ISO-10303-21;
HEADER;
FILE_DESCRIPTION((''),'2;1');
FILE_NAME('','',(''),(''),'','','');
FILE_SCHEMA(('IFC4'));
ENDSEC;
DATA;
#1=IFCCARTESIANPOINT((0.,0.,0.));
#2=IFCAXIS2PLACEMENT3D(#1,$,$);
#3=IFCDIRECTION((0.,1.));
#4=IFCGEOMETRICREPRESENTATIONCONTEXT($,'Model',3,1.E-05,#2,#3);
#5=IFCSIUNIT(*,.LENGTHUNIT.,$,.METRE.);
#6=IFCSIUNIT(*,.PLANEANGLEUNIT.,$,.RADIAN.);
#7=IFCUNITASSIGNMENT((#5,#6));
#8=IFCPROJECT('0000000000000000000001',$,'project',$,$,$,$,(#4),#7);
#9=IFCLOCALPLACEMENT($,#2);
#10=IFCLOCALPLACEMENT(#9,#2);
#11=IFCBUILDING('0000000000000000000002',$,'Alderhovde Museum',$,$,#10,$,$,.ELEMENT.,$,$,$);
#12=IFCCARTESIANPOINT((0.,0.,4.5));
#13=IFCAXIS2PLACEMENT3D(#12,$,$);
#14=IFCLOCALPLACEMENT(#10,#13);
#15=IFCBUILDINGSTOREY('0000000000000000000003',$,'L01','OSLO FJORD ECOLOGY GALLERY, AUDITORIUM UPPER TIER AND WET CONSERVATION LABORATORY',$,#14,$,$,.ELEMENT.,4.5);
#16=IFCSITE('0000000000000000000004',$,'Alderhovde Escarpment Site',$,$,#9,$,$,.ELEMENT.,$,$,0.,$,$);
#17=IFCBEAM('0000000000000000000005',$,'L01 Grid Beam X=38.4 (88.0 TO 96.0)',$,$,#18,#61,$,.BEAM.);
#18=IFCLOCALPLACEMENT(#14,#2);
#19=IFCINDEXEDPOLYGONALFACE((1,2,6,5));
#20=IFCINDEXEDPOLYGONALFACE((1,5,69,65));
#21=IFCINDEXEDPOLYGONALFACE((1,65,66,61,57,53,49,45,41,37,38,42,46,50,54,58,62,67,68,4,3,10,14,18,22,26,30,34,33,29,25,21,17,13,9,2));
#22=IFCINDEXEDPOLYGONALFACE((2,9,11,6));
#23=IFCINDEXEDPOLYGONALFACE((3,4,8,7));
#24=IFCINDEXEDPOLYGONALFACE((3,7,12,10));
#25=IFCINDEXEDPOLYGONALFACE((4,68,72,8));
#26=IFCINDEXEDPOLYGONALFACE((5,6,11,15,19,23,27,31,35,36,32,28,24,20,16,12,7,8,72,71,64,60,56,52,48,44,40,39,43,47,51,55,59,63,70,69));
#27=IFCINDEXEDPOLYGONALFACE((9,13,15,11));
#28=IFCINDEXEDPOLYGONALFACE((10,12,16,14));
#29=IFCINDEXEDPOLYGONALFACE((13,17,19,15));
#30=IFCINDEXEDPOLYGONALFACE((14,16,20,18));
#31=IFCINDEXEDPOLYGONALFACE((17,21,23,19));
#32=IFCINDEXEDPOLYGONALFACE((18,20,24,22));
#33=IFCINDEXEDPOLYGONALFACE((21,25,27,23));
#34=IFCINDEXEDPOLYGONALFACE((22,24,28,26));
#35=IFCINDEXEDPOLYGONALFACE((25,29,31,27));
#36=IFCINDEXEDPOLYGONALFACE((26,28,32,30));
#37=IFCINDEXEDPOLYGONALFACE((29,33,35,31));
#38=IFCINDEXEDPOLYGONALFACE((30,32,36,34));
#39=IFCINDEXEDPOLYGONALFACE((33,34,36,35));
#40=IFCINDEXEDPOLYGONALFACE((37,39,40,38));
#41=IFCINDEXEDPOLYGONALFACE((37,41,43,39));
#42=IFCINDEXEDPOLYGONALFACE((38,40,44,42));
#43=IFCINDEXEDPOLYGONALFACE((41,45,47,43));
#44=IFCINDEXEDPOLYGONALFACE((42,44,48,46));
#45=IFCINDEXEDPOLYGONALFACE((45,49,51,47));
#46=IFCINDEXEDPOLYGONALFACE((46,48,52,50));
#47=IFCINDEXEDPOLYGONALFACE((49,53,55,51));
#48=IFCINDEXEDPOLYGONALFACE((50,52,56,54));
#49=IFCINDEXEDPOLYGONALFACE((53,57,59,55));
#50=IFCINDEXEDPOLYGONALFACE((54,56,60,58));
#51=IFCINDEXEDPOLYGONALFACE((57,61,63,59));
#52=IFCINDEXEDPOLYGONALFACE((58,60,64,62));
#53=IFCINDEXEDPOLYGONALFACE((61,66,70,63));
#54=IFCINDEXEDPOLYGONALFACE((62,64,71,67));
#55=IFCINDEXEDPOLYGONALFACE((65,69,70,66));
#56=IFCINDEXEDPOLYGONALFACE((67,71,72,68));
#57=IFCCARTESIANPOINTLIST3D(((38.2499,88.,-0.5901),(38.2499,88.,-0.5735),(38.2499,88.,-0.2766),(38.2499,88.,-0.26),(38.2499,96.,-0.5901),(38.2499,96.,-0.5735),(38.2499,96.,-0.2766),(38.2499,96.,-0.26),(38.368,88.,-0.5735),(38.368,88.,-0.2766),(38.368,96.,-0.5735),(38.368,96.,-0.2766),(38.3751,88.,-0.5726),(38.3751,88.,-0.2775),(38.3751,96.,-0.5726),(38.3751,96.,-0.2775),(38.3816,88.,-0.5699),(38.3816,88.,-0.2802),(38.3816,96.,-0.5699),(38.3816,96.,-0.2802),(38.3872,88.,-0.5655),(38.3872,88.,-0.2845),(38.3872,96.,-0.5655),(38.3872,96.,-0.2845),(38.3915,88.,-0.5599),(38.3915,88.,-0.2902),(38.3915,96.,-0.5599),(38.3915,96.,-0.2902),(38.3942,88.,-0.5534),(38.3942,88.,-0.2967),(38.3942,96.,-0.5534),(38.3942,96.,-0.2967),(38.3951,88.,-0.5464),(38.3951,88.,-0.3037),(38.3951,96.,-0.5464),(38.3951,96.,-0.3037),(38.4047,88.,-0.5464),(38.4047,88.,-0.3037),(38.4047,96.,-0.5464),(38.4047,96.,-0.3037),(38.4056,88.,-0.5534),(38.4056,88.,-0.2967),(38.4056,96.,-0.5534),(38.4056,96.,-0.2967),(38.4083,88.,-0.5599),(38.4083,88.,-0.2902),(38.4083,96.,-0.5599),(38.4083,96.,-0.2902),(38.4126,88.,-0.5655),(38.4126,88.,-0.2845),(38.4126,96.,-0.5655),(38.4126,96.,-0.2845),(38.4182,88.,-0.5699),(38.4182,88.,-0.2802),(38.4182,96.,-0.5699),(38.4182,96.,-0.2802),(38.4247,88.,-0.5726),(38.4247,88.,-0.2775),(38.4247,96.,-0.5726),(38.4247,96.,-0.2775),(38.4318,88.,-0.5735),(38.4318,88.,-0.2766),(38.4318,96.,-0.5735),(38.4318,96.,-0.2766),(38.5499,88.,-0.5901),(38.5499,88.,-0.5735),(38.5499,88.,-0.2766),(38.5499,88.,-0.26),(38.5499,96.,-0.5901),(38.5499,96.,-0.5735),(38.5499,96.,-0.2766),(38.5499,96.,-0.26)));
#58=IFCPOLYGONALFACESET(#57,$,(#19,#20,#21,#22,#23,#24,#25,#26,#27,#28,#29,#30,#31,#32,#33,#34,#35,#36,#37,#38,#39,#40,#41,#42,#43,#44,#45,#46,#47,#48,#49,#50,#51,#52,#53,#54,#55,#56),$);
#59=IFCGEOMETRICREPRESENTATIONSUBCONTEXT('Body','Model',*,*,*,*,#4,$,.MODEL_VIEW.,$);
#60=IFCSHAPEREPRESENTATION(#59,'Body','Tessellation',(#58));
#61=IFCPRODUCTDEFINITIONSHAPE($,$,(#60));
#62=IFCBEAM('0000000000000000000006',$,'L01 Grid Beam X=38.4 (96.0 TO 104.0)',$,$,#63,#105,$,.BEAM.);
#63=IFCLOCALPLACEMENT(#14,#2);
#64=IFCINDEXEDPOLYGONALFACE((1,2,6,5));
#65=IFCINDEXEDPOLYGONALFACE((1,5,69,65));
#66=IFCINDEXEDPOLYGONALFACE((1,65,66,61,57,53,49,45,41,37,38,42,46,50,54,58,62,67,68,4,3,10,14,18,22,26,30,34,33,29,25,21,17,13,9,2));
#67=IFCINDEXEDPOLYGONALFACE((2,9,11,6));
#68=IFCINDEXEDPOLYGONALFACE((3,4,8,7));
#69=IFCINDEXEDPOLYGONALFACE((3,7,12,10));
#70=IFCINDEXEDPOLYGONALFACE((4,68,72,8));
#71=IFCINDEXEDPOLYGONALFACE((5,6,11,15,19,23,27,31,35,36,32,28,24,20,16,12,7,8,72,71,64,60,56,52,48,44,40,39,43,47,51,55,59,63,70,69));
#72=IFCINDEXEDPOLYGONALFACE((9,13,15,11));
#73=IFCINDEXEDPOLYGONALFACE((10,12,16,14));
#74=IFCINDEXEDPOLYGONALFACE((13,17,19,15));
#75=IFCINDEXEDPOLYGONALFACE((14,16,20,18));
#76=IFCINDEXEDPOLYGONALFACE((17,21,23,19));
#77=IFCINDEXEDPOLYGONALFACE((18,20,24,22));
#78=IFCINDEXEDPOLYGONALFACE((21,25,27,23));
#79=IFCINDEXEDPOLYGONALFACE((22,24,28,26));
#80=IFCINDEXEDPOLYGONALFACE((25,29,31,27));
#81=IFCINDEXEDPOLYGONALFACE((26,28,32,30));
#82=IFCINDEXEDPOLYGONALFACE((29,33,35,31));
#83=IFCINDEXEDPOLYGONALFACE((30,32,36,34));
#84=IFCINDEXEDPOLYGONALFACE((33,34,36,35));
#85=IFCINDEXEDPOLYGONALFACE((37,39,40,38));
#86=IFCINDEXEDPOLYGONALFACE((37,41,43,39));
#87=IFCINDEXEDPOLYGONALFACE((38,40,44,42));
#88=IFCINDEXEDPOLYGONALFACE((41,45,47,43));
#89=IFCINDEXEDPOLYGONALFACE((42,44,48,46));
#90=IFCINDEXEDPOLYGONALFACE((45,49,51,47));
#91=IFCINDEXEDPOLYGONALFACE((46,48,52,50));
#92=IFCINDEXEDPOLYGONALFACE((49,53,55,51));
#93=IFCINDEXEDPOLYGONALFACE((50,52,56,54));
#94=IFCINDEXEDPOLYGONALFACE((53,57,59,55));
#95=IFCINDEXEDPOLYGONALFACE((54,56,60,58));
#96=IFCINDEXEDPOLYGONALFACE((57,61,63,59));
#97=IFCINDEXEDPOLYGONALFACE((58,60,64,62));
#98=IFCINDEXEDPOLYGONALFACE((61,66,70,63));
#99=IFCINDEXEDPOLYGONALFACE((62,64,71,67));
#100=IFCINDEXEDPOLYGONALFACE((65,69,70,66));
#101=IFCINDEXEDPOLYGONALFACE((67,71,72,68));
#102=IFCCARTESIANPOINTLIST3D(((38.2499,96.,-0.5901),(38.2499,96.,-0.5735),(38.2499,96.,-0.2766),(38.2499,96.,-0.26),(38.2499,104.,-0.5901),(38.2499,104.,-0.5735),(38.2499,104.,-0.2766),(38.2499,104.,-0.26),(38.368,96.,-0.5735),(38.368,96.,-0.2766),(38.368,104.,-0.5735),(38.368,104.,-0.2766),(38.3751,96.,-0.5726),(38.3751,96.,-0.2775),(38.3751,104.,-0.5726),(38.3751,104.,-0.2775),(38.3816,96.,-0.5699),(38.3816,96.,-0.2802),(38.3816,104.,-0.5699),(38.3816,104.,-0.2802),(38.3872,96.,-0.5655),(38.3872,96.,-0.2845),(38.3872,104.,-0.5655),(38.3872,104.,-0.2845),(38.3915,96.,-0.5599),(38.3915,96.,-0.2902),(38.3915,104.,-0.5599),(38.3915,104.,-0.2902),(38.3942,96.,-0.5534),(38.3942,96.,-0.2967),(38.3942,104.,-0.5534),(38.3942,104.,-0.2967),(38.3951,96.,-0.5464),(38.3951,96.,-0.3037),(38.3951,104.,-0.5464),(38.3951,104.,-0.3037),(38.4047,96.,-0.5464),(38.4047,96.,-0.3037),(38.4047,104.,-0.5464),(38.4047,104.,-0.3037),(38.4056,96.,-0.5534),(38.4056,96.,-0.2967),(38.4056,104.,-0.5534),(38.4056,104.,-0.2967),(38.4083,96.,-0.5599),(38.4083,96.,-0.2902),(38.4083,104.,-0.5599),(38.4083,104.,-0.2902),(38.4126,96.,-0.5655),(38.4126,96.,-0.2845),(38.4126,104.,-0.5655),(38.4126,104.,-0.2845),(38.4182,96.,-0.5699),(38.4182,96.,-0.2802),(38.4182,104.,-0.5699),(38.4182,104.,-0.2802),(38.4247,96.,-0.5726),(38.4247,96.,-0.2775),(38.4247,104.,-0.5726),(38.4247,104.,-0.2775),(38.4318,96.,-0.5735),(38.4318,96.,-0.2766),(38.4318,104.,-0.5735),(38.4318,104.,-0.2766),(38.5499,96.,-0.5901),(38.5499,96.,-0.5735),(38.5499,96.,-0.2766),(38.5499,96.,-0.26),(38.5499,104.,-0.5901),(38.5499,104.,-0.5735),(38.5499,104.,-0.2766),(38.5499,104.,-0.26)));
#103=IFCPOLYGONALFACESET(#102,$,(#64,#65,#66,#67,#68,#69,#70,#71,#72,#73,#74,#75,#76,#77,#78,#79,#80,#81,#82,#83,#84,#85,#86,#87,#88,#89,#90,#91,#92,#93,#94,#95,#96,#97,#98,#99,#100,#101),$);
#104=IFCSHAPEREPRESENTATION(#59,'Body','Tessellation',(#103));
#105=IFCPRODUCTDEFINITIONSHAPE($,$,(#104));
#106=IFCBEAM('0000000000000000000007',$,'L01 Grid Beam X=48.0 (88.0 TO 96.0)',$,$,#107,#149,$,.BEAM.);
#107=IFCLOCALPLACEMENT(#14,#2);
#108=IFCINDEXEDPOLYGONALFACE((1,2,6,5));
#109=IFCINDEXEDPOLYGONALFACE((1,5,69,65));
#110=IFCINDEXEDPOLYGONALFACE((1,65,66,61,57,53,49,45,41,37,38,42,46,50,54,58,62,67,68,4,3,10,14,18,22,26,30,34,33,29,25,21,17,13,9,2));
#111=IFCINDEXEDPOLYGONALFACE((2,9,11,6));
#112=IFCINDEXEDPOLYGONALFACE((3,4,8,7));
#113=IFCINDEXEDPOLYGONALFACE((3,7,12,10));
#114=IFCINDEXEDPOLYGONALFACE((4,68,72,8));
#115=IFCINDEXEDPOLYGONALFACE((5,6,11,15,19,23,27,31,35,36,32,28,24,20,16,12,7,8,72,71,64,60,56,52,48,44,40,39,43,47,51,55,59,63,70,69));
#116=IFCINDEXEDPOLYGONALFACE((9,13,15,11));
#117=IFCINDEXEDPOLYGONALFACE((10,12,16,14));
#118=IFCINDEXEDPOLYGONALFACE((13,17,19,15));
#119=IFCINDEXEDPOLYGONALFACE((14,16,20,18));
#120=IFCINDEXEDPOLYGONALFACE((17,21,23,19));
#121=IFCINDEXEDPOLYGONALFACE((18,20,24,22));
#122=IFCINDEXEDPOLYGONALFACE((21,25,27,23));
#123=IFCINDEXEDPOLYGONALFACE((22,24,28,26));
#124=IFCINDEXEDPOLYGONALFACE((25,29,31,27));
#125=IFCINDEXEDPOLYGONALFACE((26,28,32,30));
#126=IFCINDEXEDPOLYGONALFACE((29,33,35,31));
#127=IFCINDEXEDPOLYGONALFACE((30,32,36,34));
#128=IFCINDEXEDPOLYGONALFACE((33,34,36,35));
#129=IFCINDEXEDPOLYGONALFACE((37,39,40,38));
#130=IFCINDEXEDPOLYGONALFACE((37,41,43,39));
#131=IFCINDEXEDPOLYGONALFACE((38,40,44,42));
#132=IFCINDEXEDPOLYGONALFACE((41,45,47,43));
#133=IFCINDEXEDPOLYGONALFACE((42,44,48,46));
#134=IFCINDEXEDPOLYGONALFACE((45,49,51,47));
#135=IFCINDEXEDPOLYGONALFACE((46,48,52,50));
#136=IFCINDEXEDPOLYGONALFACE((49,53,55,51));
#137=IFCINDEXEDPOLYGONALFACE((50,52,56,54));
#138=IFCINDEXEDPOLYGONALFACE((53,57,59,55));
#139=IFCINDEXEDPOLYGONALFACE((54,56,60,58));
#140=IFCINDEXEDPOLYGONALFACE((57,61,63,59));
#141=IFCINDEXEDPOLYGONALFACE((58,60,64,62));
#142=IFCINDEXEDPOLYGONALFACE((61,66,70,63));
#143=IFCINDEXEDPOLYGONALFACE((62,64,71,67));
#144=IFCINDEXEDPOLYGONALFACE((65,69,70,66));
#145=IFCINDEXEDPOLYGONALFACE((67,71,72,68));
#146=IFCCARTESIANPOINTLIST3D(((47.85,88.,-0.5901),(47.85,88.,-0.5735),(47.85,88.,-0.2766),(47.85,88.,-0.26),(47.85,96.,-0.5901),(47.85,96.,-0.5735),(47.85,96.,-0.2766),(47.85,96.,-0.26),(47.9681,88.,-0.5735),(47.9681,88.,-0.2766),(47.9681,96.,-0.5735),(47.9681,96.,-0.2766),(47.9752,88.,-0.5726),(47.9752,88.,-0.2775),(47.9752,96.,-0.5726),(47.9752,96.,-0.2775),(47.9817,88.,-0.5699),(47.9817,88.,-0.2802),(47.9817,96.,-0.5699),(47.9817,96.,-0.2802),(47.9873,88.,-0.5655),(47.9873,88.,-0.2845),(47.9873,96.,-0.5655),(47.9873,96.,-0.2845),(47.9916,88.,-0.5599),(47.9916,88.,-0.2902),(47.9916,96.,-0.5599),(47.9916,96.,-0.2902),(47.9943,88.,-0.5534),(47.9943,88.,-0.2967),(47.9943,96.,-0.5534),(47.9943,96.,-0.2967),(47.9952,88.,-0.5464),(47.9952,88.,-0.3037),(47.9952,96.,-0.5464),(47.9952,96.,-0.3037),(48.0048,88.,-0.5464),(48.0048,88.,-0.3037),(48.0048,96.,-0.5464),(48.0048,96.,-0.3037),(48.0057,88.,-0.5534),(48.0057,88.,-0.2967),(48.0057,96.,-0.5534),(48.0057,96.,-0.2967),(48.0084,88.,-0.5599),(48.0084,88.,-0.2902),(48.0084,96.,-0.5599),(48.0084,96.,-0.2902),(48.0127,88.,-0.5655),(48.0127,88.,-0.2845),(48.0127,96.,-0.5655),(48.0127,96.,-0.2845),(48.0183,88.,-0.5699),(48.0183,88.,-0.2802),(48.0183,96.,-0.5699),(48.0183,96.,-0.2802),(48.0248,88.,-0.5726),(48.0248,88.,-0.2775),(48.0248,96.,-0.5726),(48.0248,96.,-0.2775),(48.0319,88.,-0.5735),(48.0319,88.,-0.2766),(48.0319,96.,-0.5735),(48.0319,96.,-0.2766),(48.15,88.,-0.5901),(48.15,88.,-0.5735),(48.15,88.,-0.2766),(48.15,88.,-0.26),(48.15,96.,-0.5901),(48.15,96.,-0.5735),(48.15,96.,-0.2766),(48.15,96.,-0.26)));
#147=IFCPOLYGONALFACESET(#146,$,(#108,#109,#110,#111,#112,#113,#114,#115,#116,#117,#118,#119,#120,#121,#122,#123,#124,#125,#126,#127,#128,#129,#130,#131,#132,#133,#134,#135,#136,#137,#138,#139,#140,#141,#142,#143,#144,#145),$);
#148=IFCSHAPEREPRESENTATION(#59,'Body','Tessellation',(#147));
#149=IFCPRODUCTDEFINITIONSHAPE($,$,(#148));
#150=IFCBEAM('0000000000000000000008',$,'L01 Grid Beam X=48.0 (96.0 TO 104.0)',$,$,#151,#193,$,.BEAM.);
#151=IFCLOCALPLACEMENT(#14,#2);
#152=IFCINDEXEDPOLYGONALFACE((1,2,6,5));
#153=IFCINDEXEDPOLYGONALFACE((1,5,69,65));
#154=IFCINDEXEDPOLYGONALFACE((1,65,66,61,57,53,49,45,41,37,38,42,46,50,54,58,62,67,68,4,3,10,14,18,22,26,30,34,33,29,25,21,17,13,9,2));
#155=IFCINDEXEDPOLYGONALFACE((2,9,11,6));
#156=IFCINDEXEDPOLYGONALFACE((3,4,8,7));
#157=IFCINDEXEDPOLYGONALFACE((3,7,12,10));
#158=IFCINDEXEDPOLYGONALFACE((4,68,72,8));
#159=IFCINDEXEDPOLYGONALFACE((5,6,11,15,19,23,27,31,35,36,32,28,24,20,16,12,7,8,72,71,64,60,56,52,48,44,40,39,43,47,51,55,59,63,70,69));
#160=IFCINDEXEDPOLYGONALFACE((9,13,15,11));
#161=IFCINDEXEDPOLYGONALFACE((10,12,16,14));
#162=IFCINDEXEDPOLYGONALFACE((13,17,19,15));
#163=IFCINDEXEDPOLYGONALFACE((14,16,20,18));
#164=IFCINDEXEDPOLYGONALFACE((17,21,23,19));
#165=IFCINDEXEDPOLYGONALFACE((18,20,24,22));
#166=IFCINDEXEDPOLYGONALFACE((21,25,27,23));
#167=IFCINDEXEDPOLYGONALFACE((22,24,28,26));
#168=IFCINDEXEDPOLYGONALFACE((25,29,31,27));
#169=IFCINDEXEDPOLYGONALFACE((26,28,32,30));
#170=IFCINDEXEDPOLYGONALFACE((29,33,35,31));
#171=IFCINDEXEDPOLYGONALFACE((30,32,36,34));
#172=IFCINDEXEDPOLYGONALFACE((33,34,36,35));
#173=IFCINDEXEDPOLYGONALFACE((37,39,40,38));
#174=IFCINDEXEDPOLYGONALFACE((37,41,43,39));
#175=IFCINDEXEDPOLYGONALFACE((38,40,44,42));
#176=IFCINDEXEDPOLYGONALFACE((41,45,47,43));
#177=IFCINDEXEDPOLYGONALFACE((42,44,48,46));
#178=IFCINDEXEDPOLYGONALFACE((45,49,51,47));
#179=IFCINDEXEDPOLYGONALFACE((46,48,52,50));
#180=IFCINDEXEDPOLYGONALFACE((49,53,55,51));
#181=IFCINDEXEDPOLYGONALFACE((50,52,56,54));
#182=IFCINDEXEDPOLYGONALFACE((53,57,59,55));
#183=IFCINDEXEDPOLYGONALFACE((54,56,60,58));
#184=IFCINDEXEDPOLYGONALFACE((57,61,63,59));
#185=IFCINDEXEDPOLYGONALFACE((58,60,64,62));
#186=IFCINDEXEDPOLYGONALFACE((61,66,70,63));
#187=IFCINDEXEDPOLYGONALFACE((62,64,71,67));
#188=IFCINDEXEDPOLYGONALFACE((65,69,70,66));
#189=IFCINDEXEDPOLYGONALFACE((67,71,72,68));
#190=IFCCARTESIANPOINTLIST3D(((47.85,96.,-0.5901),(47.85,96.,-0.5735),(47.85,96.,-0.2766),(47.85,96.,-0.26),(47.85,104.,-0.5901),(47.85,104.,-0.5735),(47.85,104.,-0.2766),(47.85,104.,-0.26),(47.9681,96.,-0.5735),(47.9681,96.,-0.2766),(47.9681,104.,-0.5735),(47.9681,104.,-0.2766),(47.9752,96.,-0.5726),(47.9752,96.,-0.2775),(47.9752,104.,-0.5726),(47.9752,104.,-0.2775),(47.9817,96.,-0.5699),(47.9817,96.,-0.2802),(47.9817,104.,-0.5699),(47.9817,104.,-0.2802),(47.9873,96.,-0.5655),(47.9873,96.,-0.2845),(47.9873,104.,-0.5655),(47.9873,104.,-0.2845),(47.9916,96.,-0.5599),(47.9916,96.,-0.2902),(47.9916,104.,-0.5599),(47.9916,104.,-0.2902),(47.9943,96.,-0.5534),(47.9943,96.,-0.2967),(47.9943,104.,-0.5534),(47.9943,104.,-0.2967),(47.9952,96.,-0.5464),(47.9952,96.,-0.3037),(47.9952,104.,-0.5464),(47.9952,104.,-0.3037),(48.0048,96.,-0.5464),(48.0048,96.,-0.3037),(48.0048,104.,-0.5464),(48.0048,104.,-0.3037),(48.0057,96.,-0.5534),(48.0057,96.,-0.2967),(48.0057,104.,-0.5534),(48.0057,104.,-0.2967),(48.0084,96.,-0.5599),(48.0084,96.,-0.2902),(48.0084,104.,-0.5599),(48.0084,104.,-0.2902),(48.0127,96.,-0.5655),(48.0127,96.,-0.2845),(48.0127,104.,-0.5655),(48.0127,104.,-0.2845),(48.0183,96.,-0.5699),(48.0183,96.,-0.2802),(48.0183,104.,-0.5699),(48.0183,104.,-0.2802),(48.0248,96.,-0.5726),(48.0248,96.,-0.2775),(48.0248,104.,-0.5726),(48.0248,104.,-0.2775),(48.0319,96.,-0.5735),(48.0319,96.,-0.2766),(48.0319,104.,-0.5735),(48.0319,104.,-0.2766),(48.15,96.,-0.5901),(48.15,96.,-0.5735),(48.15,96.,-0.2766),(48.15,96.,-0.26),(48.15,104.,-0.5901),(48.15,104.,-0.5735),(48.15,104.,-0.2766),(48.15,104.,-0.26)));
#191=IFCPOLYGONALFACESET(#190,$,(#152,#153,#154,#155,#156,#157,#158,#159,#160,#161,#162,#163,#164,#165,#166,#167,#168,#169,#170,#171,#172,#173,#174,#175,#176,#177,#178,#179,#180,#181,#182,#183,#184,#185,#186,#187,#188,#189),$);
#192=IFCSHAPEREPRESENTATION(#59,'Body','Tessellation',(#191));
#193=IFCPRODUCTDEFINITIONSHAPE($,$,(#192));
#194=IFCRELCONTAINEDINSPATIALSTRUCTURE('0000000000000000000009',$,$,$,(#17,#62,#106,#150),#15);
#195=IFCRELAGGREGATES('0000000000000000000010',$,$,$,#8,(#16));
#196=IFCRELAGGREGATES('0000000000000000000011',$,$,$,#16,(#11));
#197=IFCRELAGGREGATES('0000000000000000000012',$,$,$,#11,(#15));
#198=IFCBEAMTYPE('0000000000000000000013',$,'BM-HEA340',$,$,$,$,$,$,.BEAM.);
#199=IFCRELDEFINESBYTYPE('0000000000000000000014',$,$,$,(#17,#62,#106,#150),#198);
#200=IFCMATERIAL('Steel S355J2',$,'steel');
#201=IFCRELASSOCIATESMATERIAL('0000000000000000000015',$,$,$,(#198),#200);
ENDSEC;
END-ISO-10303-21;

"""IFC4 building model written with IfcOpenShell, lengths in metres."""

from ifc_helpers import new_model, si_unit, direction, frame, origin, origin_2d, place, context, subcontext, project, spatial, i_section, extrude, material, material_profile, profile_set, type_object, element, save


model = new_model("IFC4")

# Units and contexts
model_context = context("Model", 3, precision=1e-05, world=origin(), true_north=direction((0.0, 1.0)))
body_context = subcontext(model_context, "Body", "Model", "MODEL_VIEW")
ifc_project = project(units=[si_unit("LENGTHUNIT", "METRE"), si_unit("PLANEANGLEUNIT", "RADIAN")], contexts=[model_context])

# Site, building, storey
site_placement = place(None, origin())
site = spatial("IfcSite", under=ifc_project, at=site_placement, Name="Alderhovde Escarpment Site", CompositionType="ELEMENT", RefElevation=0.0)
building_placement = place(site_placement, origin())
building = spatial("IfcBuilding", under=site, at=building_placement, Name="Alderhovde Museum", CompositionType="ELEMENT")
storey_placement = place(building_placement, frame((0.0, 0.0, 4.5)))
storey = spatial("IfcBuildingStorey", under=building, at=storey_placement, Name="L01", Description="OSLO FJORD ECOLOGY GALLERY, AUDITORIUM UPPER TIER AND WET CONSERVATION LABORATORY", CompositionType="ELEMENT", Elevation=4.5)

# Beams
ifc_material_1 = material(Name="Steel S355J2", Category="steel")
ifc_material_profile_1 = material_profile(ifc_material_1, i_section(OverallWidth=0.3, OverallDepth=0.3301, WebThickness=0.0095, FlangeThickness=0.0166, FilletRadius=0.0271, at=origin_2d()), Name="HEA 340")
ifc_profile_set_1 = profile_set([ifc_material_profile_1], Name="Steel S355J2")
beam_type_1 = type_object("IfcBeamType", Name="BM-HEA340", PredefinedType="BEAM", material=ifc_profile_set_1)
for number, where, z_axis, x_axis, name in (
    (1, (38.3999, 88.0, -0.425), (0.0, 1.0, 0.0), (-1.0, 0.0, 0.0), "L01 Grid Beam X=38.4 (88.0 TO 96.0)"),
    (2, (38.3999, 96.0, -0.425), (0.0, 1.0, 0.0), (-1.0, 0.0, 0.0), "L01 Grid Beam X=38.4 (96.0 TO 104.0)"),
    (3, (48.0, 88.0, -0.425), (0.0, 1.0, 0.0), (-1.0, 0.0, 0.0), "L01 Grid Beam X=48.0 (88.0 TO 96.0)"),
    (4, (48.0, 96.0, -0.425), (0.0, 1.0, 0.0), (-1.0, 0.0, 0.0), "L01 Grid Beam X=48.0 (96.0 TO 104.0)"),
):
    element("IfcBeam", number, at=place(storey_placement, frame(where, z_axis=z_axis, x_axis=x_axis)), inside=storey, type_object=beam_type_1, Name=name, PredefinedType="BEAM", context=body_context, shape_type="SweptSolid", body=[
        extrude(i_section(OverallWidth=0.3, OverallDepth=0.3301, WebThickness=0.0095, FlangeThickness=0.0166, FilletRadius=0.0271, at=origin_2d()), origin(), (0.0, 0.0, 1.0), 8.0),
    ])

save(model, "model.ifc")
